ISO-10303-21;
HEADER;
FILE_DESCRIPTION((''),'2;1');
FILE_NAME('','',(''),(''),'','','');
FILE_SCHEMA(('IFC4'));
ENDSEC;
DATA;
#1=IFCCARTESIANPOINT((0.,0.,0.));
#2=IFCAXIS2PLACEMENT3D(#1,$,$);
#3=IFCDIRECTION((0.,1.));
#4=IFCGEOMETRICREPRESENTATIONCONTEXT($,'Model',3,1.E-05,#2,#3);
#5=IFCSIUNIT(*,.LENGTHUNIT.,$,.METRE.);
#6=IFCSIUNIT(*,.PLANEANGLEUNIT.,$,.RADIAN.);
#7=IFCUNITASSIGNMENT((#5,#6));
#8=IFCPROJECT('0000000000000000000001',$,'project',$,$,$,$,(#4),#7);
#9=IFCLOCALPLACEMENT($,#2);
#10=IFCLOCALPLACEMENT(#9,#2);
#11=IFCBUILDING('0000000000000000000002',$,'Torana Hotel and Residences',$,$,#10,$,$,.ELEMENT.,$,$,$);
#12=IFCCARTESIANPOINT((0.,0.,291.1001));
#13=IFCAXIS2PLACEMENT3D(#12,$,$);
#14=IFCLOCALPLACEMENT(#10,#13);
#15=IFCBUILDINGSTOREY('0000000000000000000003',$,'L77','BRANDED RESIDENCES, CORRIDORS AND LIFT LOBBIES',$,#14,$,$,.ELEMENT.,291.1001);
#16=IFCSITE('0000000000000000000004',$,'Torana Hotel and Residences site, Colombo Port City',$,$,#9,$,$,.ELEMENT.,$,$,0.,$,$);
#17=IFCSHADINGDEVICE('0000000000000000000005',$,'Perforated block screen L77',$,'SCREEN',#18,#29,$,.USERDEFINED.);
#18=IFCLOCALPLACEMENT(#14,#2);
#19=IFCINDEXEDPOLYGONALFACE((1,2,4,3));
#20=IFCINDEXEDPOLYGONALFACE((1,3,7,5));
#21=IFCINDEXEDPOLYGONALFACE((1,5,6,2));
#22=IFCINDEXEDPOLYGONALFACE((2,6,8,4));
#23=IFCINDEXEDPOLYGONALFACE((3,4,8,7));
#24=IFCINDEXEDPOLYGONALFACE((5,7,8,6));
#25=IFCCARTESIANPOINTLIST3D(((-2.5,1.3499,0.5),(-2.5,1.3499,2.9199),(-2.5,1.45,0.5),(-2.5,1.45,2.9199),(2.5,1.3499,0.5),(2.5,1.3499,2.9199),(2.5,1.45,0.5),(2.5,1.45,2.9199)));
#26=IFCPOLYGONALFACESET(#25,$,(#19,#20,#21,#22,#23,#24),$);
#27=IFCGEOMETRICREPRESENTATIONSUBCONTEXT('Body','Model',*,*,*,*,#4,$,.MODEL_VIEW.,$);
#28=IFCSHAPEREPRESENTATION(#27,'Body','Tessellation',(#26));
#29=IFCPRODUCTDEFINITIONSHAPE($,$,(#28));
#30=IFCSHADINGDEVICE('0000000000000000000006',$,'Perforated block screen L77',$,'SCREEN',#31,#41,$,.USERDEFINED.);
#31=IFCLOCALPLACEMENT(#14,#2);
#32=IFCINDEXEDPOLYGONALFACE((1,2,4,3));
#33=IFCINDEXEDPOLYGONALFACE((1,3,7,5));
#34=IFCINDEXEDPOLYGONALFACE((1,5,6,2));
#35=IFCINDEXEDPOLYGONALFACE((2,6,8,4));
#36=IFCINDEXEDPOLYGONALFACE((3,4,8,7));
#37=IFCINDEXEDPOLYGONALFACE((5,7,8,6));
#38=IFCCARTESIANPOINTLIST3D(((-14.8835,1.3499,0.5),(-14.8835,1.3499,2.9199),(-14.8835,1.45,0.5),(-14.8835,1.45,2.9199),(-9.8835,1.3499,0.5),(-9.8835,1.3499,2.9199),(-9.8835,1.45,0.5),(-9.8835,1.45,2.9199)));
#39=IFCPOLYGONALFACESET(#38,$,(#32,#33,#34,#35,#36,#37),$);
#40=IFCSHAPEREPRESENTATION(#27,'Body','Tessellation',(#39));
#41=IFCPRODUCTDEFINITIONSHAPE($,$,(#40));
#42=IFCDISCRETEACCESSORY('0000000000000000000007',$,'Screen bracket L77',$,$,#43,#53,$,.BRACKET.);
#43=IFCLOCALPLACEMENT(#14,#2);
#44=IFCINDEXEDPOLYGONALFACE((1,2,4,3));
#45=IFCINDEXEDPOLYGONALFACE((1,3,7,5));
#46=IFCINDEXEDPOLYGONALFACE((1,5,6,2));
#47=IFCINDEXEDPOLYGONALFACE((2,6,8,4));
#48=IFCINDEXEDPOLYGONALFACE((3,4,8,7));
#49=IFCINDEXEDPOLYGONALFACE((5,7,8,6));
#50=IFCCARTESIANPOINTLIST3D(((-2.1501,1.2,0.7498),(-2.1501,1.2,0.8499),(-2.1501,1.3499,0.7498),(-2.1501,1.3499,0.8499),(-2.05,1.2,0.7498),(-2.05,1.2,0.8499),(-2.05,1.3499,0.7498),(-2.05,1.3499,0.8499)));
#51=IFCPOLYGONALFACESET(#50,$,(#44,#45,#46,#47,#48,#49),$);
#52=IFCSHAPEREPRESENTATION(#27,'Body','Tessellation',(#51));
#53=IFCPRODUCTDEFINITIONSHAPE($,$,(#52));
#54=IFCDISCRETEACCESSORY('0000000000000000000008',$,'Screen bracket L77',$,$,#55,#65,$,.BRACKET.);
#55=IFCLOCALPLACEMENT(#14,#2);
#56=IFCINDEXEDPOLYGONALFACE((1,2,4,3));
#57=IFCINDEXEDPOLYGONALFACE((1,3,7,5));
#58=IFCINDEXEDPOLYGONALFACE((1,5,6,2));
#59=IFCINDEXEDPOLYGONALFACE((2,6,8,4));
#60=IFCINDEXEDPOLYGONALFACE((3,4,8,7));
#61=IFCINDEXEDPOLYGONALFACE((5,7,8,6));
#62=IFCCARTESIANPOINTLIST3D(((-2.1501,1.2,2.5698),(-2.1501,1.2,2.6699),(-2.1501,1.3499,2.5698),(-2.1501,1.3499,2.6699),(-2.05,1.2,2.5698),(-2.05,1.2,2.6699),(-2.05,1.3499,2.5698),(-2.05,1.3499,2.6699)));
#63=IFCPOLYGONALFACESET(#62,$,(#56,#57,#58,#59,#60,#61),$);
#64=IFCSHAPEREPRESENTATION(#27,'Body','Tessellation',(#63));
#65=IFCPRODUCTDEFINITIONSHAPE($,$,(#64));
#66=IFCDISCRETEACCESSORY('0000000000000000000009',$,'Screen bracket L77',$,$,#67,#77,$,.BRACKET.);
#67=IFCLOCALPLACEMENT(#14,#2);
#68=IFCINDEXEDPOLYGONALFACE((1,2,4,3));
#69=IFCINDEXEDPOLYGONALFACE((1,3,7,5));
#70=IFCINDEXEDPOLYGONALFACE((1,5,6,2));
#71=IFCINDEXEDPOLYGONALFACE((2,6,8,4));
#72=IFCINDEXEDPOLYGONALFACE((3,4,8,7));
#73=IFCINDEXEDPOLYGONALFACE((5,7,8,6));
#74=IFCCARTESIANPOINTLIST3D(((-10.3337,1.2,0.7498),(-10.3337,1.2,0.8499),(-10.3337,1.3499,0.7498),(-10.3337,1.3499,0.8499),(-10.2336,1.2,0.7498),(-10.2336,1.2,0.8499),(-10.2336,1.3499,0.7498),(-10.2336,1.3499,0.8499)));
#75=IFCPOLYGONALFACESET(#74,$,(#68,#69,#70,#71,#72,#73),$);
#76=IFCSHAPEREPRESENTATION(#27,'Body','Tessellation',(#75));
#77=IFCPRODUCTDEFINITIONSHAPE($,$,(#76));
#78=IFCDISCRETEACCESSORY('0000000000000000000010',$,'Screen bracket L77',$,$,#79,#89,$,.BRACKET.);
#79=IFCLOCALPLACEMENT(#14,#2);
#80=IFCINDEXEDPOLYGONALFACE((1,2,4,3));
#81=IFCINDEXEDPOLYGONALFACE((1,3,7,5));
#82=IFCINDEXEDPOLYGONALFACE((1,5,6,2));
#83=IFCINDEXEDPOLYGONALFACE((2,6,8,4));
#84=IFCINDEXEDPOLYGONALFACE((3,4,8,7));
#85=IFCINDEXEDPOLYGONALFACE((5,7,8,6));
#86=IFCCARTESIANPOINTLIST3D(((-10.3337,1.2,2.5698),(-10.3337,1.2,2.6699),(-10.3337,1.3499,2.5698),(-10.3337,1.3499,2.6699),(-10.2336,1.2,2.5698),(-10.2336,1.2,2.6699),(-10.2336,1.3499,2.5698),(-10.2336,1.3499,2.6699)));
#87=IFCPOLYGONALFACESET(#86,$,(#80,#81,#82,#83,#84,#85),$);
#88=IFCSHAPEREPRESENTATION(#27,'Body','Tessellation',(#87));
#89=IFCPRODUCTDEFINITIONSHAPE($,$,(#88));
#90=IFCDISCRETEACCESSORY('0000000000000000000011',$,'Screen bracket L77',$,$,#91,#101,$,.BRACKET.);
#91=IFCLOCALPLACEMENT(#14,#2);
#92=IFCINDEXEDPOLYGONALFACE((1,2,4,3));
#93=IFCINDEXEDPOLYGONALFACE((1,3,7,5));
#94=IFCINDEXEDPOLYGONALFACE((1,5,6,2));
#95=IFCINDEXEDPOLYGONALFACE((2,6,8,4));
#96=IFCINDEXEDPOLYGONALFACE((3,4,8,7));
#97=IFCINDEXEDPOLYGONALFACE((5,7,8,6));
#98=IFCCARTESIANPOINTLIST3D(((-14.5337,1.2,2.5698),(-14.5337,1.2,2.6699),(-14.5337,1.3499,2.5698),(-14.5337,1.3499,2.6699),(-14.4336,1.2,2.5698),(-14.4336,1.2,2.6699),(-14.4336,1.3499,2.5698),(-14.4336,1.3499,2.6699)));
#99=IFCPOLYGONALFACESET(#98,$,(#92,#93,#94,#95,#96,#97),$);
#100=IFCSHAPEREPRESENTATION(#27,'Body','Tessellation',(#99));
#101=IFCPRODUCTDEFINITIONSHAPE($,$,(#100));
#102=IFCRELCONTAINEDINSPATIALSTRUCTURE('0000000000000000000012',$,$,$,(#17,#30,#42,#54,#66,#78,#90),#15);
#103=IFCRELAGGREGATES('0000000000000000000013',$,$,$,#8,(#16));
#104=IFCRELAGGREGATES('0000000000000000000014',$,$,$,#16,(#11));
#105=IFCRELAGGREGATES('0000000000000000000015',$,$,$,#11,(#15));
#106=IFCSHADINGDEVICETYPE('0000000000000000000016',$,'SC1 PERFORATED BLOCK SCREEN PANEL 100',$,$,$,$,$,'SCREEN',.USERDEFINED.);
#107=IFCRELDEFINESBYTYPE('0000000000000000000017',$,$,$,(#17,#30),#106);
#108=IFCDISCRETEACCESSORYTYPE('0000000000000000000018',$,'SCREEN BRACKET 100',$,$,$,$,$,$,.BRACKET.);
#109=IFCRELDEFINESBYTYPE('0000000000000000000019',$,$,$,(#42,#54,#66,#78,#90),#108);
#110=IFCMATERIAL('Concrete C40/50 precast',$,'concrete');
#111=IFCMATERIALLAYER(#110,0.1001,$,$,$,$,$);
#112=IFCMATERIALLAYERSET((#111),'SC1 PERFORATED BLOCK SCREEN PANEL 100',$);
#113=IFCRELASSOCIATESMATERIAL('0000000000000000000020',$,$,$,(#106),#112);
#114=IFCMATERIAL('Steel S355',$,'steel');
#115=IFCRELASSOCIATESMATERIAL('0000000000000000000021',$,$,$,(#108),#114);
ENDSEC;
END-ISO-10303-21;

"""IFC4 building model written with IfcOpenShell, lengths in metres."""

from ifc_helpers import new_model, si_unit, direction, frame, origin, origin_2d, place, context, subcontext, project, spatial, rectangle, extrude, material, layer, layer_set, type_object, element, save


model = new_model("IFC4")

# Units and contexts
model_context = context("Model", 3, precision=1e-05, world=origin(), true_north=direction((0.0, 1.0)))
body_context = subcontext(model_context, "Body", "Model", "MODEL_VIEW")
ifc_project = project(units=[si_unit("LENGTHUNIT", "METRE"), si_unit("PLANEANGLEUNIT", "RADIAN")], contexts=[model_context])

# Site, building, storey
site_placement = place(None, origin())
site = spatial("IfcSite", under=ifc_project, at=site_placement, Name="Torana Hotel and Residences site, Colombo Port City", CompositionType="ELEMENT", RefElevation=0.0)
building_placement = place(site_placement, origin())
building = spatial("IfcBuilding", under=site, at=building_placement, Name="Torana Hotel and Residences", CompositionType="ELEMENT")
storey_placement = place(building_placement, frame((0.0, 0.0, 291.1001)))
storey = spatial("IfcBuildingStorey", under=building, at=storey_placement, Name="L77", Description="BRANDED RESIDENCES, CORRIDORS AND LIFT LOBBIES", CompositionType="ELEMENT", Elevation=291.1001)

# Shading devices
ifc_material_1 = material(Name="Concrete C40/50 precast", Category="concrete")
ifc_layer_1 = layer(ifc_material_1, 0.1001)
ifc_layer_set_1 = layer_set([ifc_layer_1], Name="SC1 PERFORATED BLOCK SCREEN PANEL 100")
shading_device_type = type_object("IfcShadingDeviceType", Name="SC1 PERFORATED BLOCK SCREEN PANEL 100", ElementType="SCREEN", PredefinedType="USERDEFINED", material=ifc_layer_set_1)
for number, where, z_axis, x_axis, name in (
    (1, (0.0, 1.3999, 0.5), (0.0, 0.0, 1.0), (-1.0, 0.0, 0.0), "Perforated block screen L77"),
    (2, (-12.3835, 1.3999, 0.5), (0.0, 0.0, 1.0), (-1.0, 0.0, 0.0), "Perforated block screen L77"),
):
    element("IfcShadingDevice", number, at=place(storey_placement, frame(where, z_axis=z_axis, x_axis=x_axis)), inside=storey, type_object=shading_device_type, Name=name, ObjectType="SCREEN", PredefinedType="USERDEFINED", context=body_context, shape_type="SweptSolid", body=[
        extrude(rectangle(XDim=5.0, YDim=0.1001, at=origin_2d()), origin(), (0.0, 0.0, 1.0), 2.4199),
    ])

# Discrete accessories
ifc_material_2 = material(Name="Steel S355", Category="steel")
discrete_accessory_type = type_object("IfcDiscreteAccessoryType", Name="SCREEN BRACKET 100", PredefinedType="BRACKET", material=ifc_material_2)
for number, where, z_axis, x_axis, name in (
    (3, (-2.1001, 1.2749, 0.7498), (0.0, 0.0, 1.0), (-1.0, 0.0, 0.0), "Screen bracket L77"),
    (4, (-2.1001, 1.2749, 2.5698), (0.0, 0.0, 1.0), (-1.0, 0.0, 0.0), "Screen bracket L77"),
    (5, (-10.2837, 1.2749, 0.7498), (0.0, 0.0, 1.0), (-1.0, 0.0, 0.0), "Screen bracket L77"),
    (6, (-10.2837, 1.2749, 2.5698), (0.0, 0.0, 1.0), (-1.0, 0.0, 0.0), "Screen bracket L77"),
    (7, (-14.4836, 1.2749, 2.5698), (0.0, 0.0, 1.0), (-1.0, 0.0, 0.0), "Screen bracket L77"),
):
    element("IfcDiscreteAccessory", number, at=place(storey_placement, frame(where, z_axis=z_axis, x_axis=x_axis)), inside=storey, type_object=discrete_accessory_type, Name=name, PredefinedType="BRACKET", context=body_context, shape_type="SweptSolid", body=[
        extrude(rectangle(XDim=0.1001, YDim=0.1499, at=origin_2d()), origin(), (0.0, 0.0, 1.0), 0.1001),
    ])

save(model, "model.ifc")
